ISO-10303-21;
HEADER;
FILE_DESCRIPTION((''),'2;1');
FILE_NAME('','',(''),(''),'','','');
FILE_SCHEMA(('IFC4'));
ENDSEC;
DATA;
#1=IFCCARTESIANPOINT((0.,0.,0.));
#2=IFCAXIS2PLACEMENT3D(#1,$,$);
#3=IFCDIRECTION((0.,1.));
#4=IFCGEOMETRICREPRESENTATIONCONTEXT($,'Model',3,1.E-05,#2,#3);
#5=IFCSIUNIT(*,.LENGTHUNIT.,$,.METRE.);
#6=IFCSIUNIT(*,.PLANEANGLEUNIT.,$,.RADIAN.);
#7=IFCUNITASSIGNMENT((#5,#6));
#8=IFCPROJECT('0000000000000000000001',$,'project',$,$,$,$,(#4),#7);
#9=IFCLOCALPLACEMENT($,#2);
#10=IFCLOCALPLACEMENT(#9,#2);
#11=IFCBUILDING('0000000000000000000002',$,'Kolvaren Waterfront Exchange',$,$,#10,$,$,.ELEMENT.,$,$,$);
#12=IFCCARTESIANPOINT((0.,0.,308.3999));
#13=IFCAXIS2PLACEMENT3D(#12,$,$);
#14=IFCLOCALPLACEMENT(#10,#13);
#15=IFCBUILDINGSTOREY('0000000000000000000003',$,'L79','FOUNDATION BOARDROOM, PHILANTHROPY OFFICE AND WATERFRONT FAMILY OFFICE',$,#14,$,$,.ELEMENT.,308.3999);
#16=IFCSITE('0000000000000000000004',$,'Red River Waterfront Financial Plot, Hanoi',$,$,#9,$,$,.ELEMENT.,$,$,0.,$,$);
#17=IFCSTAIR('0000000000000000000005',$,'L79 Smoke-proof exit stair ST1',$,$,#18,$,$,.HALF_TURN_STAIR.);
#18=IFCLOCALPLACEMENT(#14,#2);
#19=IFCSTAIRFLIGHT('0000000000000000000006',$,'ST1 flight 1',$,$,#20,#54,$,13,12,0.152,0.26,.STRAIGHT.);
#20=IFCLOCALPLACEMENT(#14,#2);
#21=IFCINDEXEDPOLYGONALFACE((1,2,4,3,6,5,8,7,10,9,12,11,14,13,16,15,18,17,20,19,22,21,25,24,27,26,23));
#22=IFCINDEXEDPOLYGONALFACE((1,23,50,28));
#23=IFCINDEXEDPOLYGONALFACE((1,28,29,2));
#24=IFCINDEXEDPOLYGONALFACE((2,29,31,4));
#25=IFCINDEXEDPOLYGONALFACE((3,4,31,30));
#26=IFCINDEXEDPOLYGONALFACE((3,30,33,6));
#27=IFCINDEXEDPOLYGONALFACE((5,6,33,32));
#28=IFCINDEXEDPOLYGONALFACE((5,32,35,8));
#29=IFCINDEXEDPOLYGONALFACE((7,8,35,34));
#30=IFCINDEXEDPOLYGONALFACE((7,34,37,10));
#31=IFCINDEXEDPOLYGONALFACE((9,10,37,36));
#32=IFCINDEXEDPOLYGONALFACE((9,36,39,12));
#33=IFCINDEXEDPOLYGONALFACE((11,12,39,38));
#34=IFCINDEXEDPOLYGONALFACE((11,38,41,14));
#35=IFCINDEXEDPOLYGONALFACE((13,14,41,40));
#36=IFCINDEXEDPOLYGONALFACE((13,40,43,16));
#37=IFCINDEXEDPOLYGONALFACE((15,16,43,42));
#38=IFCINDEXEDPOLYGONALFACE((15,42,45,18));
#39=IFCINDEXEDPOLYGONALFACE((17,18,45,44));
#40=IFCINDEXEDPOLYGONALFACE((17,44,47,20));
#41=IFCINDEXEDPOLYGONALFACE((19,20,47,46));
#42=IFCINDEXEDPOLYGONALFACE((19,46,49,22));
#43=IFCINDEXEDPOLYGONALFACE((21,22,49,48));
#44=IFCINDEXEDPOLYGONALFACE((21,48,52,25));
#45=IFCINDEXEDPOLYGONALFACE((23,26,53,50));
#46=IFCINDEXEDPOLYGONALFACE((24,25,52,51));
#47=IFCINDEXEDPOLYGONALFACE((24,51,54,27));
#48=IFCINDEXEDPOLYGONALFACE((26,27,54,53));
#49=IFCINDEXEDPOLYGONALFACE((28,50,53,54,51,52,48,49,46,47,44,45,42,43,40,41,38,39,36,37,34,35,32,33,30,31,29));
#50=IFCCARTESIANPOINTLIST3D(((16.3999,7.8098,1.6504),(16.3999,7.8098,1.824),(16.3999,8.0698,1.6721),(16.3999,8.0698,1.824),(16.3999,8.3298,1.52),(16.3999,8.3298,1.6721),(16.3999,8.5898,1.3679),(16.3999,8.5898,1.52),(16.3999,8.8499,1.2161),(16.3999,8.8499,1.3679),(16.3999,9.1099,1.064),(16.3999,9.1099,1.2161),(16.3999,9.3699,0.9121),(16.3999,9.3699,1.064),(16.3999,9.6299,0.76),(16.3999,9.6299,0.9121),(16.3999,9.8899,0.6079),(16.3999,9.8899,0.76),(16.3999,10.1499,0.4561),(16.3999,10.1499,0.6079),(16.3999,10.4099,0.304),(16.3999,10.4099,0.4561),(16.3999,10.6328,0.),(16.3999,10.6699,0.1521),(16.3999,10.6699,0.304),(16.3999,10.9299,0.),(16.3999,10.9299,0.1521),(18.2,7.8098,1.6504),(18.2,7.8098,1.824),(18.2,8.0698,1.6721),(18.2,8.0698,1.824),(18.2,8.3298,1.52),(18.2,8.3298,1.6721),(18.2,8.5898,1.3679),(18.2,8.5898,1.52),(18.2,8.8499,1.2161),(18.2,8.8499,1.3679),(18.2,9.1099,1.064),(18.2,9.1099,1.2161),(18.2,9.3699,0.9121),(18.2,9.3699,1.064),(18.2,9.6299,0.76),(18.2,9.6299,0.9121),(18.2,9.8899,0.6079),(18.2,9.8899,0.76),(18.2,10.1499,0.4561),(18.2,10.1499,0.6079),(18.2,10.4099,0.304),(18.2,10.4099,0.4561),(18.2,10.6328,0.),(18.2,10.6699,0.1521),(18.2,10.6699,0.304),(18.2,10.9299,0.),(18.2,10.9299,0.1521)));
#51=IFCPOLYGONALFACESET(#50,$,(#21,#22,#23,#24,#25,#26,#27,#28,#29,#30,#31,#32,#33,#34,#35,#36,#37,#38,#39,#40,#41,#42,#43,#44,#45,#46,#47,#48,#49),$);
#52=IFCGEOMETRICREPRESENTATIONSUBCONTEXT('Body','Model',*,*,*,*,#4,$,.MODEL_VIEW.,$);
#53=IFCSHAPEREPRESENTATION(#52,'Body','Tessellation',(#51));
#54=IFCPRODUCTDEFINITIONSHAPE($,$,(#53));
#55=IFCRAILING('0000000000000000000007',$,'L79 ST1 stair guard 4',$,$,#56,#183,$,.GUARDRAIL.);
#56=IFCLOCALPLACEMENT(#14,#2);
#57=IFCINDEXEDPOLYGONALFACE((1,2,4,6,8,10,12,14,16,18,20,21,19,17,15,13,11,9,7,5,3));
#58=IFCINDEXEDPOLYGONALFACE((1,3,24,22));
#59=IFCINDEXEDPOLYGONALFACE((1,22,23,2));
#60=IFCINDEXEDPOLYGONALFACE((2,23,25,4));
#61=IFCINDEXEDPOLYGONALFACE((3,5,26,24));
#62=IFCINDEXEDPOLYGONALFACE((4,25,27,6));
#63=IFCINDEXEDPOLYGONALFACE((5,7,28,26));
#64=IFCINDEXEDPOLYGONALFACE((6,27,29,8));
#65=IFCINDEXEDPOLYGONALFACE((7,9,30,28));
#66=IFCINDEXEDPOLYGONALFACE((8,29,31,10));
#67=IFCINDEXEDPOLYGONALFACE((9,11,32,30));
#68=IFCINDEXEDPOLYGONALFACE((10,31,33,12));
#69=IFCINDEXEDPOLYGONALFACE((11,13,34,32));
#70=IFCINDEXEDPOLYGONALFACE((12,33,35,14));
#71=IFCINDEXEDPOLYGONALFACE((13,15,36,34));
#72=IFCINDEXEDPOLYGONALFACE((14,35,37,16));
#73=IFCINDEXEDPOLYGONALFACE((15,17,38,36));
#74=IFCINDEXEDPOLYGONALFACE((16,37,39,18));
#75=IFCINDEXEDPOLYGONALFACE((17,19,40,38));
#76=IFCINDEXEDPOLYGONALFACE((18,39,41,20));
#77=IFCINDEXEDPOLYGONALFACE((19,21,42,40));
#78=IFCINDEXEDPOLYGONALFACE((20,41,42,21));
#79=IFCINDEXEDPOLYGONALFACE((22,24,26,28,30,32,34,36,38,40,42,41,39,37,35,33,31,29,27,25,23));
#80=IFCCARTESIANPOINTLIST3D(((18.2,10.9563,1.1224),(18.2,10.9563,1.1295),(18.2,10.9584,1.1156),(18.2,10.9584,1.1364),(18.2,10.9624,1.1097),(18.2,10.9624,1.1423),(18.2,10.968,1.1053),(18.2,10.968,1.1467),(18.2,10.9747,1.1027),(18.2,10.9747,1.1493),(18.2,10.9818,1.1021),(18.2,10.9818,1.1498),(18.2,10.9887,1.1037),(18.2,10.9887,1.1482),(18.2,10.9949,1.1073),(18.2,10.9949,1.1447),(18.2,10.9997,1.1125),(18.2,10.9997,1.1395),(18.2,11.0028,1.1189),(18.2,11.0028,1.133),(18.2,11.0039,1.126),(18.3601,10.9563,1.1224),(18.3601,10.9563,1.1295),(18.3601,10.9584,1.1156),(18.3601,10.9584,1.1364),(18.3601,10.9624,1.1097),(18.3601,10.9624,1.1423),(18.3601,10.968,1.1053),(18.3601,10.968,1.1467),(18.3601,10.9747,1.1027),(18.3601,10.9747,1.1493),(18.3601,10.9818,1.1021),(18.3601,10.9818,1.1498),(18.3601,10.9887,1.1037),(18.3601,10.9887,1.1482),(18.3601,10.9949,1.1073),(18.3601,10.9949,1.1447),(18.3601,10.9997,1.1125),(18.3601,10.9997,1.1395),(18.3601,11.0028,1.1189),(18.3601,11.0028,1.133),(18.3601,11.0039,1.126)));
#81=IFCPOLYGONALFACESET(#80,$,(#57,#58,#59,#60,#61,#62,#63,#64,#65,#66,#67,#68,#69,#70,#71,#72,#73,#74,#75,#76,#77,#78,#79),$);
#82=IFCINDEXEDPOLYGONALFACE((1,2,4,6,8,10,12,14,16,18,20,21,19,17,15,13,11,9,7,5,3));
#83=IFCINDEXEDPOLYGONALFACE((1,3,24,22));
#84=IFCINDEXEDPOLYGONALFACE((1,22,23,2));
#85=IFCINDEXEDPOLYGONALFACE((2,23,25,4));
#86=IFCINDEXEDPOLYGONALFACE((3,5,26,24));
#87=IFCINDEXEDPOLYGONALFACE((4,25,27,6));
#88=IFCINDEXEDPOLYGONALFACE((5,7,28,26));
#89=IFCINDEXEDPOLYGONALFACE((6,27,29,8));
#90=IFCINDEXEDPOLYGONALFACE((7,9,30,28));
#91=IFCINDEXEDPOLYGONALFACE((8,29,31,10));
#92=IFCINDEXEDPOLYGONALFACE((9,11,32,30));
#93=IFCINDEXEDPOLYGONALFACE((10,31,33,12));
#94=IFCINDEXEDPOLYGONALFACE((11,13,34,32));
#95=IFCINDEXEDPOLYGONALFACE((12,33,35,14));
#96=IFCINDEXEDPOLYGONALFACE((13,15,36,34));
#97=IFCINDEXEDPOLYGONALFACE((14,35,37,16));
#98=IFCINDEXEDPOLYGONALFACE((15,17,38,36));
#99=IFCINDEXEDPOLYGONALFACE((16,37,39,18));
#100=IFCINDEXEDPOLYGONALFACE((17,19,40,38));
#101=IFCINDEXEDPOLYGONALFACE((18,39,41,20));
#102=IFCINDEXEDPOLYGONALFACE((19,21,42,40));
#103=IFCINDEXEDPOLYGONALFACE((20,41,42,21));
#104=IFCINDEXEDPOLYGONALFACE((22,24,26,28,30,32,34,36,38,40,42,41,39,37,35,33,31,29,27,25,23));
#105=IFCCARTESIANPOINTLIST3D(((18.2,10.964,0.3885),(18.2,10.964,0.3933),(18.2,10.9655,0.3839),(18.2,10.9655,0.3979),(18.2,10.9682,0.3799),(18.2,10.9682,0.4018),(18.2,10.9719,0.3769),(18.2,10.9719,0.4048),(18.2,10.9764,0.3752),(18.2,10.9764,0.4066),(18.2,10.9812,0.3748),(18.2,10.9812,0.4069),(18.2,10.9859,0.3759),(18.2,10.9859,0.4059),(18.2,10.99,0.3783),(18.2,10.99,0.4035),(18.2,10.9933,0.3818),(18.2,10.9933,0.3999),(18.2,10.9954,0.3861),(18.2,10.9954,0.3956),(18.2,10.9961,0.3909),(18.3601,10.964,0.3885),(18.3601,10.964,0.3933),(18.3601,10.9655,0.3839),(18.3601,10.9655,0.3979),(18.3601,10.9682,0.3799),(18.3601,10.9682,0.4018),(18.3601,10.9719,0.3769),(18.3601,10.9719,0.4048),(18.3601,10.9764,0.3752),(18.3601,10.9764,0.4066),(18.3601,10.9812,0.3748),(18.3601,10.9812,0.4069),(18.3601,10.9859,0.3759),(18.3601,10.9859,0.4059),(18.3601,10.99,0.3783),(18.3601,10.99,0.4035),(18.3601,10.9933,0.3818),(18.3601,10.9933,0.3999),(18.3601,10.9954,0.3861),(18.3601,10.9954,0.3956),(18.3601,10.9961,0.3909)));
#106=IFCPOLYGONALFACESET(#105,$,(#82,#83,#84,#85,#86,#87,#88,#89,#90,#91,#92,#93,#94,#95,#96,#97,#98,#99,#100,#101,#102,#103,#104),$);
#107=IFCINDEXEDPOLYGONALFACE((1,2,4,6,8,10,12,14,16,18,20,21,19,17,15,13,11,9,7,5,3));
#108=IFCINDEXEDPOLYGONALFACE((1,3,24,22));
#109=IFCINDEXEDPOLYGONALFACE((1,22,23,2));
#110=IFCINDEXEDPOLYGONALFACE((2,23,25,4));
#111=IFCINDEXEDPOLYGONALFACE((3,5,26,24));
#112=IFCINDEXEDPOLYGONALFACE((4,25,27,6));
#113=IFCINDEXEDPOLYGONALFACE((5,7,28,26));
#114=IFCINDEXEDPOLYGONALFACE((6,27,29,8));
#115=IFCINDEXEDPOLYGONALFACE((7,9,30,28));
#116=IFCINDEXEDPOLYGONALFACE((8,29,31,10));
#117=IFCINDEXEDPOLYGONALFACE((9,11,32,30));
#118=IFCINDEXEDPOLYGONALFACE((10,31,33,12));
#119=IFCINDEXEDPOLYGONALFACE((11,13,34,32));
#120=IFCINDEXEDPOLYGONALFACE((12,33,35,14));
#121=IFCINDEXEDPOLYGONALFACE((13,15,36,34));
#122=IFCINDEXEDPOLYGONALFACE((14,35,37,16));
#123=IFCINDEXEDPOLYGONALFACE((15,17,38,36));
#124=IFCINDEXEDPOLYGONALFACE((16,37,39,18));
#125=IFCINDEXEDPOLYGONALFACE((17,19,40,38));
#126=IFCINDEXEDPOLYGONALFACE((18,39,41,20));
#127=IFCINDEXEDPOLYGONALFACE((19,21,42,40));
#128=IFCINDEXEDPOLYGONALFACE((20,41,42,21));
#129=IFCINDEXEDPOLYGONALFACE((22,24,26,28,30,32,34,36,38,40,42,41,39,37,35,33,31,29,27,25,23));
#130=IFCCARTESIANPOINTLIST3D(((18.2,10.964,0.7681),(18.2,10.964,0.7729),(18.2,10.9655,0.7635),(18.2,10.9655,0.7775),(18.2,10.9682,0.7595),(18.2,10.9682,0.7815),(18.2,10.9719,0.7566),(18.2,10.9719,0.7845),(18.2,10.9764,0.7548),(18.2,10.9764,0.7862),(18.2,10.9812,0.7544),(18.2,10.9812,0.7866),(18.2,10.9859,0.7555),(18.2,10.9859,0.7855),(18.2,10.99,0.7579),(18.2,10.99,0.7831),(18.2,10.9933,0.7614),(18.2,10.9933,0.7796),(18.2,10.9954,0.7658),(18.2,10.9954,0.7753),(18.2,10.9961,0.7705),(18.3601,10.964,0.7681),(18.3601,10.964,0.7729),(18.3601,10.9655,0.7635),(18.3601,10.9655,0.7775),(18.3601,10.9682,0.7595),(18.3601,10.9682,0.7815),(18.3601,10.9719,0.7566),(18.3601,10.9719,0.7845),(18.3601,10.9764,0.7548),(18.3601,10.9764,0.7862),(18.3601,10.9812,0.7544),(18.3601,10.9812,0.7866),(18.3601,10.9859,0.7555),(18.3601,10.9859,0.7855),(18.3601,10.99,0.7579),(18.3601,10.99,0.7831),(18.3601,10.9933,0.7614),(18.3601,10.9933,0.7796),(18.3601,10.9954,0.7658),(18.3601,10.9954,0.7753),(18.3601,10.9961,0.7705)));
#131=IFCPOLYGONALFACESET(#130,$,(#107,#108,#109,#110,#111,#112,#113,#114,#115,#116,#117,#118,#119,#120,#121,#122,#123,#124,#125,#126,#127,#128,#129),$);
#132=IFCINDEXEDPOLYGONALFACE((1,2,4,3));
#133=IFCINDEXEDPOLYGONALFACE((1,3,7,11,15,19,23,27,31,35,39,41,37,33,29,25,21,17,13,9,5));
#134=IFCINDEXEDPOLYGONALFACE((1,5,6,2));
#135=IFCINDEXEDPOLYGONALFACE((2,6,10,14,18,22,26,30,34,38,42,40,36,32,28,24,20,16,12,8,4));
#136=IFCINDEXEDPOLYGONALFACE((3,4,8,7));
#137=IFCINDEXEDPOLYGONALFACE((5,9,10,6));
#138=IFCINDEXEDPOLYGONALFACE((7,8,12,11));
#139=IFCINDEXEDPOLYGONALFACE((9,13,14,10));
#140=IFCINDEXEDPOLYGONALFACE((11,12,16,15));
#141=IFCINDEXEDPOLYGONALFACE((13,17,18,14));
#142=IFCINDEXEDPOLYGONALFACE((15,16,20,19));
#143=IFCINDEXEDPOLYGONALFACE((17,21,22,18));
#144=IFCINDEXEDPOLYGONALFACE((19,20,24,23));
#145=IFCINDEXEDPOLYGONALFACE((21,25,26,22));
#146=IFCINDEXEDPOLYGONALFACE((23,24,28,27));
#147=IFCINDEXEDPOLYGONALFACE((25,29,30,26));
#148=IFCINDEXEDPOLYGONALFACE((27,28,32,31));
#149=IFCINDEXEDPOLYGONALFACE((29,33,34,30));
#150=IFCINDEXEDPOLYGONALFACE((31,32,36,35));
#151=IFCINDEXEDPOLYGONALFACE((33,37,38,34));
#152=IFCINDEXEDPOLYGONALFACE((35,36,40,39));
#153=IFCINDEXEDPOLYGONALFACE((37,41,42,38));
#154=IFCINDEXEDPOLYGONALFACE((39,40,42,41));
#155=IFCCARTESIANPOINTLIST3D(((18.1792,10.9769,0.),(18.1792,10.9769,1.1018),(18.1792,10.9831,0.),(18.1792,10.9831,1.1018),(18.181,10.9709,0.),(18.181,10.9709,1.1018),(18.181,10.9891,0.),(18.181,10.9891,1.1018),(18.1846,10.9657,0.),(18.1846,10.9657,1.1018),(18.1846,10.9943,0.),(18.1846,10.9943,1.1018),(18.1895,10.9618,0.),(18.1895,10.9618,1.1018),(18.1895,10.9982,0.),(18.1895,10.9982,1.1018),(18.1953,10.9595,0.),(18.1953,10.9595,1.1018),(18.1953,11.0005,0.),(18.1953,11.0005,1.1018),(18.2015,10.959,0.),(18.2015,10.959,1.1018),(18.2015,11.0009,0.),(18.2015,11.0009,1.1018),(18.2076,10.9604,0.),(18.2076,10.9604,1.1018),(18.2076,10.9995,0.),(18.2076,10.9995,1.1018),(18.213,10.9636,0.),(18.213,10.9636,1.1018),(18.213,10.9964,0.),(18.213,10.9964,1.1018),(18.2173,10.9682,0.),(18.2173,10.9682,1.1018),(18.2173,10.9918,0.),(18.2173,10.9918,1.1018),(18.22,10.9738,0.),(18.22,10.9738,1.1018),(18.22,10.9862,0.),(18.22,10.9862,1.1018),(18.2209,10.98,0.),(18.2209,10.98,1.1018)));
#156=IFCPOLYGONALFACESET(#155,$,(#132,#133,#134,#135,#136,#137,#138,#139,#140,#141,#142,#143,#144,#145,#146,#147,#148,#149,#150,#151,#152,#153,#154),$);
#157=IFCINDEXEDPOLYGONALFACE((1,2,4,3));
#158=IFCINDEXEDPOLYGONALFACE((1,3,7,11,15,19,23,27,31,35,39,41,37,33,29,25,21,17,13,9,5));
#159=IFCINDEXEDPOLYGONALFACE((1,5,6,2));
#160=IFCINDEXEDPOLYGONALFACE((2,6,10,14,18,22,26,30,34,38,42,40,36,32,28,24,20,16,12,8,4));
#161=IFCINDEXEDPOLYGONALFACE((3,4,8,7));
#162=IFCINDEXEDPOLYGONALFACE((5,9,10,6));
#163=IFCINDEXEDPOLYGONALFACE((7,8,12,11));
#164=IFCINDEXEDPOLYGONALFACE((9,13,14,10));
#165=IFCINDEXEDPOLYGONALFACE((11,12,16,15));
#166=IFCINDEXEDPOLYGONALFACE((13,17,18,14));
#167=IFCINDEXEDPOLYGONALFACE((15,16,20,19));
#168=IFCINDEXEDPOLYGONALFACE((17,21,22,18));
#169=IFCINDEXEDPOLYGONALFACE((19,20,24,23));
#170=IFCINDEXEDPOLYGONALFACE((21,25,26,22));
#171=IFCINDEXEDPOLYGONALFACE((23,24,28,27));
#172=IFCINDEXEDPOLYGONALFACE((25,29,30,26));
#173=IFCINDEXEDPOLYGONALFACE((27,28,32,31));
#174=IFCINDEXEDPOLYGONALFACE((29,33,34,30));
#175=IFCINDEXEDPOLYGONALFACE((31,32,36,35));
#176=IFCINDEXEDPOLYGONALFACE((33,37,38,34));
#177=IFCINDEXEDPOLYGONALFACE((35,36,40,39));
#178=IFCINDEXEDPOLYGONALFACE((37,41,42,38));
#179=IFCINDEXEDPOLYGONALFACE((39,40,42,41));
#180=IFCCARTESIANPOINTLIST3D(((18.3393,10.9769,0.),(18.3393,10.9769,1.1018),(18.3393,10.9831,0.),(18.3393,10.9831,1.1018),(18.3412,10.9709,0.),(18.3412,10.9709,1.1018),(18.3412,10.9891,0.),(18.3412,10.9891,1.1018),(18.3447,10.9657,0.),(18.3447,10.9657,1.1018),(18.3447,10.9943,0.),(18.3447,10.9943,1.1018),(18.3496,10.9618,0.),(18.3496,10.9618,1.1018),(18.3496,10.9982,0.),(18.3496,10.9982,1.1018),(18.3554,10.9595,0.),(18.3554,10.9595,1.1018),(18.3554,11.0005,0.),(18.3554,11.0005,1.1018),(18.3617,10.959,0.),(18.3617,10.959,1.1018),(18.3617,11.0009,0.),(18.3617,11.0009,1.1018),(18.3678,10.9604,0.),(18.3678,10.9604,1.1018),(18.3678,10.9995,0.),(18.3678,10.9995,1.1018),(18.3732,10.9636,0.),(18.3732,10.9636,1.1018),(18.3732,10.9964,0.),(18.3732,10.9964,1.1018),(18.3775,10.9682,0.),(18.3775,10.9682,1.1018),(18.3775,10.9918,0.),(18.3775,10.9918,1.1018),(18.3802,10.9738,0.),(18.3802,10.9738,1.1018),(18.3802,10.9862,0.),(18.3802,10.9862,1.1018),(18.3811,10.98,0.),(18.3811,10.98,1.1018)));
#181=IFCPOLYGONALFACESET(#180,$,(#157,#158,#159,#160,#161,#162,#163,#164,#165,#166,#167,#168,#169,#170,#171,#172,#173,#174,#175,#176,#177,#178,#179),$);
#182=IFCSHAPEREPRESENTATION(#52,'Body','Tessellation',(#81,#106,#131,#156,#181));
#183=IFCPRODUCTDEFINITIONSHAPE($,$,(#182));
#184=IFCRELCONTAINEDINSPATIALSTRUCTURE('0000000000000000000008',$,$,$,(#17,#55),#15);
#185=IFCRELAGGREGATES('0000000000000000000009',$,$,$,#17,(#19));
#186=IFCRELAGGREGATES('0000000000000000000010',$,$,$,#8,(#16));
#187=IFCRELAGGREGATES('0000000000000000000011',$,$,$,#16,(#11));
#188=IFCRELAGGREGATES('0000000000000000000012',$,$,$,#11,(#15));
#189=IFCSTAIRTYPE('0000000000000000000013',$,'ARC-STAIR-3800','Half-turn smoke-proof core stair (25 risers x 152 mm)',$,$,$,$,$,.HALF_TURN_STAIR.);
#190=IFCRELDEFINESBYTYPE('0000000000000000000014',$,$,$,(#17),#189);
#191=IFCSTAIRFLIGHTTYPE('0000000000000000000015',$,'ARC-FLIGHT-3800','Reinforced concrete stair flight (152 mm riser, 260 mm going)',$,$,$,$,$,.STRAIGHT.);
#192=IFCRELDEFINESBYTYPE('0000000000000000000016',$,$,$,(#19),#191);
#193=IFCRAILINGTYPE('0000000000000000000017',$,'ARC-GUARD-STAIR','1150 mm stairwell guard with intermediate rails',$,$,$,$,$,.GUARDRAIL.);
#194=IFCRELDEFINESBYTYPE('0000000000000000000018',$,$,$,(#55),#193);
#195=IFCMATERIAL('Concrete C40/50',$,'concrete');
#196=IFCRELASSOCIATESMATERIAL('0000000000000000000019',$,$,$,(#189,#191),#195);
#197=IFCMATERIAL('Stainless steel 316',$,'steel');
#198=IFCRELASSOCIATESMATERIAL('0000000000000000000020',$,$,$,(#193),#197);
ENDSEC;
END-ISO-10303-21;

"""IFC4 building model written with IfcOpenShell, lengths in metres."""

from ifc_helpers import new_model, si_unit, direction, frame, origin, origin_2d, place, context, subcontext, project, spatial, polyline, circle, outline, extrude, material, type_object, element, aggregate, save


model = new_model("IFC4")

# Units and contexts
model_context = context("Model", 3, precision=1e-05, world=origin(), true_north=direction((0.0, 1.0)))
body_context = subcontext(model_context, "Body", "Model", "MODEL_VIEW")
ifc_project = project(units=[si_unit("LENGTHUNIT", "METRE"), si_unit("PLANEANGLEUNIT", "RADIAN")], contexts=[model_context])

# Site, building, storey
site_placement = place(None, origin())
site = spatial("IfcSite", under=ifc_project, at=site_placement, Name="Red River Waterfront Financial Plot, Hanoi", CompositionType="ELEMENT", RefElevation=0.0)
building_placement = place(site_placement, origin())
building = spatial("IfcBuilding", under=site, at=building_placement, Name="Kolvaren Waterfront Exchange", CompositionType="ELEMENT")
storey_placement = place(building_placement, frame((0.0, 0.0, 308.3999)))
storey = spatial("IfcBuildingStorey", under=building, at=storey_placement, Name="L79", Description="FOUNDATION BOARDROOM, PHILANTHROPY OFFICE AND WATERFRONT FAMILY OFFICE", CompositionType="ELEMENT", Elevation=308.3999)

# Shared definitions
ifc_material_1 = material(Name="Concrete C40/50", Category="concrete")

# Stair, stair flight
stair_type = type_object("IfcStairType", Name="ARC-STAIR-3800", Description="Half-turn smoke-proof core stair (25 risers x 152 mm)", PredefinedType="HALF_TURN_STAIR", material=ifc_material_1)
stair_placement = place(storey_placement, origin())
stair = element("IfcStair", 1, at=stair_placement, inside=storey, type_object=stair_type, Name="L79 Smoke-proof exit stair ST1", PredefinedType="HALF_TURN_STAIR")
stair_flight_type = type_object("IfcStairFlightType", Name="ARC-FLIGHT-3800", Description="Reinforced concrete stair flight (152 mm riser, 260 mm going)", PredefinedType="STRAIGHT", material=ifc_material_1)
stair_flight_placement = place(storey_placement, frame((17.3, 10.9299, 0.0), z_axis=(0.0, 0.0, 1.0), x_axis=(0.0, -1.0, 0.0)))
stair_flight = element("IfcStairFlight", 2, at=stair_flight_placement, type_object=stair_flight_type, Name="ST1 flight 1", NumberOfRisers=13, NumberOfTreads=12, PredefinedType="STRAIGHT", RiserHeight=0.152, TreadLength=0.26, context=body_context, shape_type="SweptSolid", body=[
    extrude(outline(polyline([(0.0, 0.0), (0.0, 0.1521), (0.26, 0.1521), (0.26, 0.304), (0.52, 0.304), (0.52, 0.4561), (0.78, 0.4561), (0.78, 0.6079), (1.04, 0.6079), (1.04, 0.76), (1.3, 0.76), (1.3, 0.9121), (1.5601, 0.9121), (1.5601, 1.064), (1.8201, 1.064), (1.8201, 1.2161), (2.0801, 1.2161), (2.0801, 1.3679), (2.3401, 1.3679), (2.3401, 1.52), (2.6001, 1.52), (2.6001, 1.6721), (2.8601, 1.6721), (2.8601, 1.824), (3.1201, 1.824), (3.1201, 1.9761), (3.1201, 1.6504), (0.2971, 0.0), (0.0, 0.0)])), frame((0.0, 0.8999, 0.0), z_axis=(0.0, -1.0, 0.0), x_axis=(1.0, 0.0, 0.0)), (0.0, 0.0, 1.0), 1.8),
])
aggregate(stair, [stair_flight])

# Railing
ifc_material_2 = material(Name="Stainless steel 316", Category="steel")
railing_type_1 = type_object("IfcRailingType", Name="ARC-GUARD-STAIR", Description="1150 mm stairwell guard with intermediate rails", PredefinedType="GUARDRAIL", material=ifc_material_2)
railing_1_placement = place(storey_placement, frame((18.2, 10.98, 0.0)))
element("IfcRailing", 3, at=railing_1_placement, inside=storey, type_object=railing_type_1, Name="L79 ST1 stair guard 4", PredefinedType="GUARDRAIL", context=body_context, shape_type="SweptSolid", body=[
    extrude(circle(Radius=0.0239, at=origin_2d()), frame((0.0, 0.0, 1.126), z_axis=(1.0, 0.0, 0.0), x_axis=(0.0, 1.0, 0.0)), (0.0, 0.0, 1.0), 0.1602),
    extrude(circle(Radius=0.0161, at=origin_2d()), frame((0.0, 0.0, 0.3909), z_axis=(1.0, 0.0, 0.0), x_axis=(0.0, 1.0, 0.0)), (0.0, 0.0, 1.0), 0.1602),
    extrude(circle(Radius=0.0161, at=origin_2d()), frame((0.0, 0.0, 0.7705), z_axis=(1.0, 0.0, 0.0), x_axis=(0.0, 1.0, 0.0)), (0.0, 0.0, 1.0), 0.1602),
    extrude(circle(Radius=0.021, at=origin_2d()), origin(), (0.0, 0.0, 1.0), 1.1018),
    extrude(circle(Radius=0.021, at=origin_2d()), frame((0.1602, 0.0, 0.0)), (0.0, 0.0, 1.0), 1.1018),
])

save(model, "model.ifc")
